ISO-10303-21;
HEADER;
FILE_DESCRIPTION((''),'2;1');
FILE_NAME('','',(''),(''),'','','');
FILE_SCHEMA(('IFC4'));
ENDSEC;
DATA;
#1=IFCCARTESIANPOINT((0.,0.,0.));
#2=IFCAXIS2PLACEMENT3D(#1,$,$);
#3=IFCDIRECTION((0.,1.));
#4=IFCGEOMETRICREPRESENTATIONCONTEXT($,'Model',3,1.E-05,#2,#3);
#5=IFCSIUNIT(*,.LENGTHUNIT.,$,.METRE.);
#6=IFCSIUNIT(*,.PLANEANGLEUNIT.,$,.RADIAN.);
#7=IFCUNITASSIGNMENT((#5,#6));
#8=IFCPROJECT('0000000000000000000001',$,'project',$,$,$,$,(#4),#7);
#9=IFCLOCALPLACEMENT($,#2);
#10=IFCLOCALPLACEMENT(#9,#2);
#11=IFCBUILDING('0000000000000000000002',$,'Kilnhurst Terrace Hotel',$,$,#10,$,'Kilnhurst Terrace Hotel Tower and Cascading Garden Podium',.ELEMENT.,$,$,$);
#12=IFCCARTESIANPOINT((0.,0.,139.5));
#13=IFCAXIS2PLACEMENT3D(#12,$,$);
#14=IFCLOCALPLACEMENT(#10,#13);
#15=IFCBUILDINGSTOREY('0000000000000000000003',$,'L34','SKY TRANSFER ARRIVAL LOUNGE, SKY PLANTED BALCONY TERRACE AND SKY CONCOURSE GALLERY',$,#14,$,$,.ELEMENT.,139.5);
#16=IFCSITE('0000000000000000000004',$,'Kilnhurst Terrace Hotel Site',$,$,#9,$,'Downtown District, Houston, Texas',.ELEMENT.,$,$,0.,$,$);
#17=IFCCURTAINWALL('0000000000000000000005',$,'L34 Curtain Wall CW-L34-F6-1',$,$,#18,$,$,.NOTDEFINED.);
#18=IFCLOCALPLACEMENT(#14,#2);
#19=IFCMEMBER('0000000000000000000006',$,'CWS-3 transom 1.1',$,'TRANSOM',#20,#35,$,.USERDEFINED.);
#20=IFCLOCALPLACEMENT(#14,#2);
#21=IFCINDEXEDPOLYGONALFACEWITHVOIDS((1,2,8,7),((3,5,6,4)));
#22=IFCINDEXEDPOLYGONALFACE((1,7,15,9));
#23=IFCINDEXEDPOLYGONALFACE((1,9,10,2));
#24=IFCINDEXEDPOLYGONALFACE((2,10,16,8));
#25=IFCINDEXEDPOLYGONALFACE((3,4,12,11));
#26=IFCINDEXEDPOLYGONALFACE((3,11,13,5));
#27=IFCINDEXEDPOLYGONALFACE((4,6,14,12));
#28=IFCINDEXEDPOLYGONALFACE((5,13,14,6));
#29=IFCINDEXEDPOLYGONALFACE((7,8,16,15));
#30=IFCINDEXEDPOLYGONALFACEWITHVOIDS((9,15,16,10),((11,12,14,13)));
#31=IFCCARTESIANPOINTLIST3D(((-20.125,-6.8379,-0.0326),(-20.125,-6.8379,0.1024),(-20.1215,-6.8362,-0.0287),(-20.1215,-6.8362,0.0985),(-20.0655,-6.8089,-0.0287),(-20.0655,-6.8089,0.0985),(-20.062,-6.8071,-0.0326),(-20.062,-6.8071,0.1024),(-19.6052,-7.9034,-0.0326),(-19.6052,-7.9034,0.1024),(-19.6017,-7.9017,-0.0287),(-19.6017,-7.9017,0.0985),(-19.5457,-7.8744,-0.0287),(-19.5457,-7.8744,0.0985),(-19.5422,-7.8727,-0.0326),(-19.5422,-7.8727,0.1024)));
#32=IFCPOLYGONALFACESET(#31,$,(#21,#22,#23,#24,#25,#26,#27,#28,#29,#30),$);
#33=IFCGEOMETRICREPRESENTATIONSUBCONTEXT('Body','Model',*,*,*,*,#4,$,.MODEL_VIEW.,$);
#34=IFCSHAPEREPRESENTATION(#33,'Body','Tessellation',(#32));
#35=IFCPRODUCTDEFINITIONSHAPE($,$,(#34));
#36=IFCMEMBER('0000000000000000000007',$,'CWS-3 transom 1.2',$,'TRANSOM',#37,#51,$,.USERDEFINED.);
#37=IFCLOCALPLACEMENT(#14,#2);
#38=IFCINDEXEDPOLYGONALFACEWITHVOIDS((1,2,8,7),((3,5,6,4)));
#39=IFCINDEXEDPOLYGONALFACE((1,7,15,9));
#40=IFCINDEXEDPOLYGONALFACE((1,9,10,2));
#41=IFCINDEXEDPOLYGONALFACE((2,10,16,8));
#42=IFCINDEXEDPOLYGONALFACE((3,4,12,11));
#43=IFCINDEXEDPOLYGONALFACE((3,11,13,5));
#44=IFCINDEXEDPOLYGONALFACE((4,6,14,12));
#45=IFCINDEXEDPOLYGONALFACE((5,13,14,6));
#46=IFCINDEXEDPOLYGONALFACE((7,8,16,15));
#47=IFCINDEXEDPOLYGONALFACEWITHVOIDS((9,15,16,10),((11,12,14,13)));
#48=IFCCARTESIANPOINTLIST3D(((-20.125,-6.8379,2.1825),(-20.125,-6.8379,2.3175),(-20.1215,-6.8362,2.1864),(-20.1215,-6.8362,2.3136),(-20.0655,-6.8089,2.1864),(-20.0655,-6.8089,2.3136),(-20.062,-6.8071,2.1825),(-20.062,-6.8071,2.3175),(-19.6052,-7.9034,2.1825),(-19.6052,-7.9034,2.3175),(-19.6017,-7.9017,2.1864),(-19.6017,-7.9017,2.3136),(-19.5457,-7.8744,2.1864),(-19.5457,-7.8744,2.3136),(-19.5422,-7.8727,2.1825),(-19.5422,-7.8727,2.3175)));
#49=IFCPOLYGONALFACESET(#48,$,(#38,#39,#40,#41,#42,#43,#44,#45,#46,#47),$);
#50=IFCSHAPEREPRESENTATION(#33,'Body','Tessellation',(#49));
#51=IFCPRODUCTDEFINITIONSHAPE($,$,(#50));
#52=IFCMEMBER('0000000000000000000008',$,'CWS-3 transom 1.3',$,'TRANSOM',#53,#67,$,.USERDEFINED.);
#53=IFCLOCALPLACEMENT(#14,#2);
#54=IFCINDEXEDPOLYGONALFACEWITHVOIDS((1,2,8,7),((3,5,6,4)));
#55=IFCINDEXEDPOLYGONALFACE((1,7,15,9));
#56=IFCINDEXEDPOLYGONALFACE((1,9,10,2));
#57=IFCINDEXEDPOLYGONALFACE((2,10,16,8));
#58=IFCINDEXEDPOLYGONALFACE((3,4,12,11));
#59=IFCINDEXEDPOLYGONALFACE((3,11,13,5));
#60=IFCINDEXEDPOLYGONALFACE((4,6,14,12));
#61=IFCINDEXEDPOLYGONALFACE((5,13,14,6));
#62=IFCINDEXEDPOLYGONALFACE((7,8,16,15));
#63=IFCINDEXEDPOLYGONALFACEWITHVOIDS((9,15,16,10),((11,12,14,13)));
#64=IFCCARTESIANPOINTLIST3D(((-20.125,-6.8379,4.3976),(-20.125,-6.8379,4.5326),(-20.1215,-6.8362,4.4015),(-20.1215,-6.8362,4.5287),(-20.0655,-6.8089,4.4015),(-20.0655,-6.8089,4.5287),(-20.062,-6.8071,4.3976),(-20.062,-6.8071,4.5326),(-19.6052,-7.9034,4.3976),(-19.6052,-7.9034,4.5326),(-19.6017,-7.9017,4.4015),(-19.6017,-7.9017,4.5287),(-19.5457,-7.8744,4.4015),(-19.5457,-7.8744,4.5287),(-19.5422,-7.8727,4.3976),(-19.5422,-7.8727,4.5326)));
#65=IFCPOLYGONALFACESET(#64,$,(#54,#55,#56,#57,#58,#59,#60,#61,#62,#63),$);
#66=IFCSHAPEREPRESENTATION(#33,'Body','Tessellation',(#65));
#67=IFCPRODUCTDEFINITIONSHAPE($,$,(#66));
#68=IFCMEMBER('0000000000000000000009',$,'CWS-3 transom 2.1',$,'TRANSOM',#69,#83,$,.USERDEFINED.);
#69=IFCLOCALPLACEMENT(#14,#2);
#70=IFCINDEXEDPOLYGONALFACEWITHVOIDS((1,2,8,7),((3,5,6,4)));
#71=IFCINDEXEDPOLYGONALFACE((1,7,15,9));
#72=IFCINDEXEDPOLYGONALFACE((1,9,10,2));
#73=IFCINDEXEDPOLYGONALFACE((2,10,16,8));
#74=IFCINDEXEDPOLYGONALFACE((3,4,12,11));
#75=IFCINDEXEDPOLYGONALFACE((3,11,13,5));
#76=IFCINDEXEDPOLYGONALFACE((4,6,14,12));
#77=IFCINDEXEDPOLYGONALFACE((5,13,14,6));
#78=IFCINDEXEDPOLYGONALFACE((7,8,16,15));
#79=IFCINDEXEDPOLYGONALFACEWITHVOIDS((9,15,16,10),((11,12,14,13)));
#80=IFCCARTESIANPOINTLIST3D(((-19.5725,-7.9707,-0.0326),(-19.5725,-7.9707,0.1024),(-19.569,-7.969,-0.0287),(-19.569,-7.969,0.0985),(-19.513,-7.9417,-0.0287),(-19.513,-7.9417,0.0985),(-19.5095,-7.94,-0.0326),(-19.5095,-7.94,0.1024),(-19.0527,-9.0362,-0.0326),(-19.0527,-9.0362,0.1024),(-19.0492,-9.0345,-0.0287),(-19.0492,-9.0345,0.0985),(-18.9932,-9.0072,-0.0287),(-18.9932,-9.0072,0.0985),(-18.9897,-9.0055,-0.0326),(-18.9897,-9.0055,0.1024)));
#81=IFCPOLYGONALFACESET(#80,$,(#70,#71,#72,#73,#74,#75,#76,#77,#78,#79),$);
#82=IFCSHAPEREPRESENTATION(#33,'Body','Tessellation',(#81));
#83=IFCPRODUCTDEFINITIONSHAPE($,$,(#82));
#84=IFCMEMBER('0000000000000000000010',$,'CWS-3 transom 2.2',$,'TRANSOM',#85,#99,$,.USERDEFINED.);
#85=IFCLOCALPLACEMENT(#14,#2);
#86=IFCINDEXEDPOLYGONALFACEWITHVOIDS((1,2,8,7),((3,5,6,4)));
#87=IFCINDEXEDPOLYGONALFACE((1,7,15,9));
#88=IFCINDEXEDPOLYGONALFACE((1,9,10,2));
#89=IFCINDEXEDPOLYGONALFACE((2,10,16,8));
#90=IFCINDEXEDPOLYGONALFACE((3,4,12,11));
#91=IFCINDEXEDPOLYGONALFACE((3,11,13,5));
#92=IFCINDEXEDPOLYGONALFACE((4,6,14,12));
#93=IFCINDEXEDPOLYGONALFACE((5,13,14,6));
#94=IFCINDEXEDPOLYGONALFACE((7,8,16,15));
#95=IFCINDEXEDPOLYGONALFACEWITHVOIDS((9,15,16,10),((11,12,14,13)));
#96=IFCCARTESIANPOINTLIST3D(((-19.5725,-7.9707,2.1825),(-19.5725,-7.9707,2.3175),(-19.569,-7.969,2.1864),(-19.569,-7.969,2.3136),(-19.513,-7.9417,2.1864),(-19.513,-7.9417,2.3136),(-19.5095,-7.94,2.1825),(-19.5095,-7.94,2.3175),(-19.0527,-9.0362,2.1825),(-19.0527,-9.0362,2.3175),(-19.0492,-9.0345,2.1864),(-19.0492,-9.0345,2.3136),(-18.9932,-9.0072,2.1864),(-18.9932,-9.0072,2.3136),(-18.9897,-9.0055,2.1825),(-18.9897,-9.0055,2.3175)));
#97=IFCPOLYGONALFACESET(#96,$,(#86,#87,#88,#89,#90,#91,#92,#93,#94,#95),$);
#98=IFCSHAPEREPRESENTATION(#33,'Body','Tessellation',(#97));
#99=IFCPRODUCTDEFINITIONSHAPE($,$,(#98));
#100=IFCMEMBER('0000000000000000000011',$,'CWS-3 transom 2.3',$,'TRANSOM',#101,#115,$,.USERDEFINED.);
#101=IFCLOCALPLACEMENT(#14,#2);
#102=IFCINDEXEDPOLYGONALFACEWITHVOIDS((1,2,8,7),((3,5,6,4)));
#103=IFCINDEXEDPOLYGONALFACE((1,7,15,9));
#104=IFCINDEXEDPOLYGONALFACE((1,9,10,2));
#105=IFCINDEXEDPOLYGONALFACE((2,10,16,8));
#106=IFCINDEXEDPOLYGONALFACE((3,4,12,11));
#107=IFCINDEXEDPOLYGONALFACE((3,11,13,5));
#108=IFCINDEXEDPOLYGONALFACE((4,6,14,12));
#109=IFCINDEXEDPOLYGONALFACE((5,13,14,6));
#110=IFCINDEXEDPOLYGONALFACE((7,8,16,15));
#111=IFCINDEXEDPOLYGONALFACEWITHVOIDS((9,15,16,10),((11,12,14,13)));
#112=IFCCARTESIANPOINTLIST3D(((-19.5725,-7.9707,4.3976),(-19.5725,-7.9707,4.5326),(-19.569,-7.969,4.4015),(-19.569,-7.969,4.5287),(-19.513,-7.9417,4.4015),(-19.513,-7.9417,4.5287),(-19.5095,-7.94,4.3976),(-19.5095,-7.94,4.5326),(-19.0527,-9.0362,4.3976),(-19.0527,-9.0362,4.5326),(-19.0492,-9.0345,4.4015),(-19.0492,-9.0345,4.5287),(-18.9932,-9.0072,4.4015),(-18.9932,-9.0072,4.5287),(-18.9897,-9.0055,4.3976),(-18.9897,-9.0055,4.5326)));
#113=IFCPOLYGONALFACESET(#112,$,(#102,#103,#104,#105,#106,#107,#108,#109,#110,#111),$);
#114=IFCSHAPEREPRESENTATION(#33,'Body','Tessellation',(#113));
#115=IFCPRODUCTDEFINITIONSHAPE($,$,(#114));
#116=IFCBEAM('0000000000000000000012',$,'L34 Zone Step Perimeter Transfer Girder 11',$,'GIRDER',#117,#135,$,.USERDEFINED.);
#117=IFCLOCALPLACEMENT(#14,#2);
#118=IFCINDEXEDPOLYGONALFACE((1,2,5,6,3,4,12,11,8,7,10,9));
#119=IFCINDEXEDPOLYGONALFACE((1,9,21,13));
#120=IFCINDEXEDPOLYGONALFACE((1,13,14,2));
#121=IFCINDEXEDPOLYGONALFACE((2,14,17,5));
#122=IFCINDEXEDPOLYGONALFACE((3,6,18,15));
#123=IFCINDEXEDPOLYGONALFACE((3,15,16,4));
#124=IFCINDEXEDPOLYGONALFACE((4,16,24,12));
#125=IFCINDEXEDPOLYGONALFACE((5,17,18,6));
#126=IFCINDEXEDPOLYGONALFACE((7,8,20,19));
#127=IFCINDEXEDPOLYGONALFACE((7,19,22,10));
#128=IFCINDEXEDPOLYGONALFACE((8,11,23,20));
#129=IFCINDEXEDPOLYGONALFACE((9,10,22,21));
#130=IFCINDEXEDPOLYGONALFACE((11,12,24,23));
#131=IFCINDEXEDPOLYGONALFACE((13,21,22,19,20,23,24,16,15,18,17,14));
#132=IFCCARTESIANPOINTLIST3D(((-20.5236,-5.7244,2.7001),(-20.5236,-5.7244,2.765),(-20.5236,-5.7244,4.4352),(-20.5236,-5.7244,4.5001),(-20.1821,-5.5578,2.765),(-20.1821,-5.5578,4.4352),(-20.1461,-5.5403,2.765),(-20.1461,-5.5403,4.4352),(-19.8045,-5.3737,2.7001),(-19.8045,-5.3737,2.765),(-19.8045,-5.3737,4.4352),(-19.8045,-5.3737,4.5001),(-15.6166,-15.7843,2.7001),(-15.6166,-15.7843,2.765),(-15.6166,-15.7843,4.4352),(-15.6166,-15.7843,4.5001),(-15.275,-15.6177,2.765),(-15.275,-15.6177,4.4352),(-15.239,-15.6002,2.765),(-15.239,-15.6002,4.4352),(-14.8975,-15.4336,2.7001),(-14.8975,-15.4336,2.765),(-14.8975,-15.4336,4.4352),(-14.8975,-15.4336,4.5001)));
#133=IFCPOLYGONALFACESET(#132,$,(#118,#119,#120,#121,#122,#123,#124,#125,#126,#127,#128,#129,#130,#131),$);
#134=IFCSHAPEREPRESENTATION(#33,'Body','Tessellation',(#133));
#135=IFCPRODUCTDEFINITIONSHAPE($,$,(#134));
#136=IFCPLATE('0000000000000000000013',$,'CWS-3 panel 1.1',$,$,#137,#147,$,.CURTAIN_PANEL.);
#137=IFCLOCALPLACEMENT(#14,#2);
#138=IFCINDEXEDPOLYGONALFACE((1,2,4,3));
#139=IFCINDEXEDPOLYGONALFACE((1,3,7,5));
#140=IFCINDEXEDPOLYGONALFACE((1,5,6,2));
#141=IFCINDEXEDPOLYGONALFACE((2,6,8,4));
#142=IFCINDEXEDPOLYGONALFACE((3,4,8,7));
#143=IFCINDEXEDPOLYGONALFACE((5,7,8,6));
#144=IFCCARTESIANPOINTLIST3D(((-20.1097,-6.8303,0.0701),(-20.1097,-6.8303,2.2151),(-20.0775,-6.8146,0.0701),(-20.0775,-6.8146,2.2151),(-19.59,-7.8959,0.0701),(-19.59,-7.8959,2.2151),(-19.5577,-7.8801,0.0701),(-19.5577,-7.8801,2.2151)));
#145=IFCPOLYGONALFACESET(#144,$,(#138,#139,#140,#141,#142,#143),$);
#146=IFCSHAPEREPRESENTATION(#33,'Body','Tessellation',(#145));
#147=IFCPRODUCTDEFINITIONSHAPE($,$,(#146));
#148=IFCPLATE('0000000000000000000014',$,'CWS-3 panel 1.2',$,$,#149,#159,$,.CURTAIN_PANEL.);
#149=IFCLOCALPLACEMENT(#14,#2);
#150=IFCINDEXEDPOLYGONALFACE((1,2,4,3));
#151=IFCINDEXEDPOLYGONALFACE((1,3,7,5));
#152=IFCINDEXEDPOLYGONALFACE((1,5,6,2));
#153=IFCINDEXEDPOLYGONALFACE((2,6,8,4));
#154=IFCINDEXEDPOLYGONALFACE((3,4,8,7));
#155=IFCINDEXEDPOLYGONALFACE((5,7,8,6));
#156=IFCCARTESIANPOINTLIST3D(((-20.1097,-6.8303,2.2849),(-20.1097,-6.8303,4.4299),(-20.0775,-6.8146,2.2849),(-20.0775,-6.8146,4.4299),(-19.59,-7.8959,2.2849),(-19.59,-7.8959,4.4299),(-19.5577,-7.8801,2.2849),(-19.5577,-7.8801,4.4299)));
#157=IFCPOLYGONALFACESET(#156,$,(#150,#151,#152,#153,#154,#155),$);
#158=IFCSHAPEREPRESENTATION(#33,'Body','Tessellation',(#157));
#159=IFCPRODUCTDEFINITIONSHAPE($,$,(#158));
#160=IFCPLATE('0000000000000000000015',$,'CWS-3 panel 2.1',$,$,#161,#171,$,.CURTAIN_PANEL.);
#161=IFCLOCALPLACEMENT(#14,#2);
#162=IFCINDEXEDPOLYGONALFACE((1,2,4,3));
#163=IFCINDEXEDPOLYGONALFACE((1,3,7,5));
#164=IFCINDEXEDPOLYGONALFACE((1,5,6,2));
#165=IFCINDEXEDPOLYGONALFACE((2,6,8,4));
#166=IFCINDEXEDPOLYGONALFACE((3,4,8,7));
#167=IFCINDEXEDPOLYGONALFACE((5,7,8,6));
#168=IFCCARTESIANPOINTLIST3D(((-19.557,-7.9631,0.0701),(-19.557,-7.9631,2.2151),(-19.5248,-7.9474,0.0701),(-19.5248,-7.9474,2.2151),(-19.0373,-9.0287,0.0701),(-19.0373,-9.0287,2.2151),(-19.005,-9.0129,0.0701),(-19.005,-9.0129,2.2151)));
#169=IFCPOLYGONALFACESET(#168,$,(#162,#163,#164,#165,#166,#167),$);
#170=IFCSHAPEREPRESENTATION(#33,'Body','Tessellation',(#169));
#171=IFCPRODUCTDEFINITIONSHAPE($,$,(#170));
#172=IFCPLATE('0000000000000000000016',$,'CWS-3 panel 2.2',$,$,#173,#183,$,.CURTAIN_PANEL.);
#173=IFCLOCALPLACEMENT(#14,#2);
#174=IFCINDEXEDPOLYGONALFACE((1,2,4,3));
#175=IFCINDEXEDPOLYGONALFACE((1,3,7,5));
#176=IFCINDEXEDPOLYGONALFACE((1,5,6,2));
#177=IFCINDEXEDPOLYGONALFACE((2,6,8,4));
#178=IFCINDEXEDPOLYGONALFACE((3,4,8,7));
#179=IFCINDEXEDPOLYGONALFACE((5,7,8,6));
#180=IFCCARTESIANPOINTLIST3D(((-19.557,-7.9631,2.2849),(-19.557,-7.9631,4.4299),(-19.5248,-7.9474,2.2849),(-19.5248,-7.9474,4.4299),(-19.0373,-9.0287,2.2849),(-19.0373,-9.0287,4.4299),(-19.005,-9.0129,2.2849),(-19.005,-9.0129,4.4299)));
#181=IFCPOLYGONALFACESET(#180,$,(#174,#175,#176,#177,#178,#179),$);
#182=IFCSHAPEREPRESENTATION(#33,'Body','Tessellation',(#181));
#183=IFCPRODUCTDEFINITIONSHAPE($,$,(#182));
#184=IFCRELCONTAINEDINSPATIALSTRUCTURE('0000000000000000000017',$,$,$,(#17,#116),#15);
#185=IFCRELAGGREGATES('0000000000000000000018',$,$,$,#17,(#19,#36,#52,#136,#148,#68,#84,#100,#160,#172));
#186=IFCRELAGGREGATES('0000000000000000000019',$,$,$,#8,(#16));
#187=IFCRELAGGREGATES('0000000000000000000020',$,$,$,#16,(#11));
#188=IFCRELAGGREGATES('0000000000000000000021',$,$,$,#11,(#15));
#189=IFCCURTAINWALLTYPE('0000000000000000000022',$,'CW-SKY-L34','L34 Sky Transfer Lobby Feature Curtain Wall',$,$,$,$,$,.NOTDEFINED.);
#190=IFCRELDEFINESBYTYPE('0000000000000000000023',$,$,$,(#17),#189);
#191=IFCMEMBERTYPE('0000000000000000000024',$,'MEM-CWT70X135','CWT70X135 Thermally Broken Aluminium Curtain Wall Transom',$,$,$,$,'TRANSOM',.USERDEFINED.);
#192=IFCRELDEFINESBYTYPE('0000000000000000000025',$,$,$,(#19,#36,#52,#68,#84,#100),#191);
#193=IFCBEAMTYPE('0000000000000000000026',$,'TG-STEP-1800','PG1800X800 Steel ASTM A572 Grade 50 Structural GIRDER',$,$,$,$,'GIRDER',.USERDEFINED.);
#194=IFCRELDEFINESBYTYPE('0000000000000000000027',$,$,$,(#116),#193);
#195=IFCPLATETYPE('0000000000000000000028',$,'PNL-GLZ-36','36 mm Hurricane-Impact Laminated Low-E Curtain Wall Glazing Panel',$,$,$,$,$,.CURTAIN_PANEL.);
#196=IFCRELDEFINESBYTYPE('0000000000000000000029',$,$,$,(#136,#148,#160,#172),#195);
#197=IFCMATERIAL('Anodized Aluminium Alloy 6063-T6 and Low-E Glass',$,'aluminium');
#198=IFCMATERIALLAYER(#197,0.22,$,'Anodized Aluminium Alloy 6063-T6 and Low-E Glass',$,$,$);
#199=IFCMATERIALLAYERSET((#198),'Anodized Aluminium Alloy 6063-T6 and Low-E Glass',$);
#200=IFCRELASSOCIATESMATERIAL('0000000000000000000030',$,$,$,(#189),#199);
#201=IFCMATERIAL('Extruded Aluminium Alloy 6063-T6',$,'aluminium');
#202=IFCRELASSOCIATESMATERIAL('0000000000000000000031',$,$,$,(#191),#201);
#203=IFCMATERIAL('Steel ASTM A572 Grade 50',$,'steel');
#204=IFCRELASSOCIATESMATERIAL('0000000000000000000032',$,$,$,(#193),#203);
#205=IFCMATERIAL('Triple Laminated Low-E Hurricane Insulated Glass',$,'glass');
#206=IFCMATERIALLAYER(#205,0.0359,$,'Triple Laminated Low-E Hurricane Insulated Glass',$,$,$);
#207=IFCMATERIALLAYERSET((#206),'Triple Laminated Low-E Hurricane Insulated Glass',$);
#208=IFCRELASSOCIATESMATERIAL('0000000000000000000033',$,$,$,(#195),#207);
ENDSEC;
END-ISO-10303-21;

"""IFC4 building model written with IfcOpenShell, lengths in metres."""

from ifc_helpers import new_model, si_unit, direction, frame, origin, origin_2d, place, context, subcontext, project, spatial, rectangle, hollow_rectangle, i_section, extrude, material, layer, layer_set, material_profile, profile_set, type_object, element, aggregate, save


model = new_model("IFC4")

# Units and contexts
model_context = context("Model", 3, precision=1e-05, world=origin(), true_north=direction((0.0, 1.0)))
body_context = subcontext(model_context, "Body", "Model", "MODEL_VIEW")
ifc_project = project(units=[si_unit("LENGTHUNIT", "METRE"), si_unit("PLANEANGLEUNIT", "RADIAN")], contexts=[model_context])

# Site, building, storey
site_placement = place(None, origin())
site = spatial("IfcSite", under=ifc_project, at=site_placement, Name="Kilnhurst Terrace Hotel Site", LongName="Downtown District, Houston, Texas", CompositionType="ELEMENT", RefElevation=0.0)
building_placement = place(site_placement, origin())
building = spatial("IfcBuilding", under=site, at=building_placement, Name="Kilnhurst Terrace Hotel", LongName="Kilnhurst Terrace Hotel Tower and Cascading Garden Podium", CompositionType="ELEMENT")
storey_placement = place(building_placement, frame((0.0, 0.0, 139.5)))
storey = spatial("IfcBuildingStorey", under=building, at=storey_placement, Name="L34", Description="SKY TRANSFER ARRIVAL LOUNGE, SKY PLANTED BALCONY TERRACE AND SKY CONCOURSE GALLERY", CompositionType="ELEMENT", Elevation=139.5)

# Curtain wall, members
ifc_material_1 = material(Name="Anodized Aluminium Alloy 6063-T6 and Low-E Glass", Category="aluminium")
ifc_layer_1 = layer(ifc_material_1, 0.22, Name="Anodized Aluminium Alloy 6063-T6 and Low-E Glass")
ifc_layer_set_1 = layer_set([ifc_layer_1], Name="Anodized Aluminium Alloy 6063-T6 and Low-E Glass")
curtain_wall_type = type_object("IfcCurtainWallType", Name="CW-SKY-L34", Description="L34 Sky Transfer Lobby Feature Curtain Wall", PredefinedType="NOTDEFINED", material=ifc_layer_set_1)
curtain_wall_placement = place(storey_placement, origin())
curtain_wall = element("IfcCurtainWall", 1, at=curtain_wall_placement, inside=storey, type_object=curtain_wall_type, Name="L34 Curtain Wall CW-L34-F6-1", PredefinedType="NOTDEFINED")
ifc_material_2 = material(Name="Extruded Aluminium Alloy 6063-T6", Category="aluminium")
ifc_material_profile_1 = material_profile(ifc_material_2, hollow_rectangle(XDim=0.0701, YDim=0.135, WallThickness=0.0039, at=origin_2d()), Name="CWT70X135")
ifc_profile_set_1 = profile_set([ifc_material_profile_1], Name="Extruded Aluminium Alloy 6063-T6")
member_type_1 = type_object("IfcMemberType", Name="MEM-CWT70X135", Description="CWT70X135 Thermally Broken Aluminium Curtain Wall Transom", ElementType="TRANSOM", PredefinedType="USERDEFINED", material=ifc_profile_set_1)
member_1_placement = place(storey_placement, frame((-20.0935, -6.8225, 0.0349), z_axis=(0.43846, -0.898751, 0.0), x_axis=(0.898751, 0.43846, 0.0)))
member_1 = element("IfcMember", 2, at=member_1_placement, type_object=member_type_1, Name="CWS-3 transom 1.1", ObjectType="TRANSOM", PredefinedType="USERDEFINED", context=body_context, shape_type="SweptSolid", body=[
    extrude(hollow_rectangle(XDim=0.0701, YDim=0.135, WallThickness=0.0039, at=origin_2d()), origin(), (0.0, 0.0, 1.0), 1.1855),
])
member_2_placement = place(storey_placement, frame((-20.0935, -6.8225, 2.25), z_axis=(0.43846, -0.898751, 0.0), x_axis=(0.898751, 0.43846, 0.0)))
member_2 = element("IfcMember", 3, at=member_2_placement, type_object=member_type_1, Name="CWS-3 transom 1.2", ObjectType="TRANSOM", PredefinedType="USERDEFINED", context=body_context, shape_type="SweptSolid", body=[
    extrude(hollow_rectangle(XDim=0.0701, YDim=0.135, WallThickness=0.0039, at=origin_2d()), origin(), (0.0, 0.0, 1.0), 1.1855),
])
member_3_placement = place(storey_placement, frame((-20.0935, -6.8225, 4.4651), z_axis=(0.43846, -0.898751, 0.0), x_axis=(0.898751, 0.43846, 0.0)))
member_3 = element("IfcMember", 4, at=member_3_placement, type_object=member_type_1, Name="CWS-3 transom 1.3", ObjectType="TRANSOM", PredefinedType="USERDEFINED", context=body_context, shape_type="SweptSolid", body=[
    extrude(hollow_rectangle(XDim=0.0701, YDim=0.135, WallThickness=0.0039, at=origin_2d()), origin(), (0.0, 0.0, 1.0), 1.1855),
])
member_4_placement = place(storey_placement, frame((-19.541, -7.9553, 0.0349), z_axis=(0.43846, -0.898751, 0.0), x_axis=(0.898751, 0.43846, 0.0)))
member_4 = element("IfcMember", 5, at=member_4_placement, type_object=member_type_1, Name="CWS-3 transom 2.1", ObjectType="TRANSOM", PredefinedType="USERDEFINED", context=body_context, shape_type="SweptSolid", body=[
    extrude(hollow_rectangle(XDim=0.0701, YDim=0.135, WallThickness=0.0039, at=origin_2d()), origin(), (0.0, 0.0, 1.0), 1.1855),
])
member_5_placement = place(storey_placement, frame((-19.541, -7.9553, 2.25), z_axis=(0.43846, -0.898751, 0.0), x_axis=(0.898751, 0.43846, 0.0)))
member_5 = element("IfcMember", 6, at=member_5_placement, type_object=member_type_1, Name="CWS-3 transom 2.2", ObjectType="TRANSOM", PredefinedType="USERDEFINED", context=body_context, shape_type="SweptSolid", body=[
    extrude(hollow_rectangle(XDim=0.0701, YDim=0.135, WallThickness=0.0039, at=origin_2d()), origin(), (0.0, 0.0, 1.0), 1.1855),
])
member_6_placement = place(storey_placement, frame((-19.541, -7.9553, 4.4651), z_axis=(0.43846, -0.898751, 0.0), x_axis=(0.898751, 0.43846, 0.0)))
member_6 = element("IfcMember", 7, at=member_6_placement, type_object=member_type_1, Name="CWS-3 transom 2.3", ObjectType="TRANSOM", PredefinedType="USERDEFINED", context=body_context, shape_type="SweptSolid", body=[
    extrude(hollow_rectangle(XDim=0.0701, YDim=0.135, WallThickness=0.0039, at=origin_2d()), origin(), (0.0, 0.0, 1.0), 1.1855),
])

# Beam
ifc_material_3 = material(Name="Steel ASTM A572 Grade 50", Category="steel")
ifc_material_profile_2 = material_profile(ifc_material_3, i_section(OverallWidth=0.8, OverallDepth=1.8, WebThickness=0.04, FlangeThickness=0.0649, at=origin_2d()), Name="PG1800X800")
ifc_profile_set_2 = profile_set([ifc_material_profile_2], Name="Steel ASTM A572 Grade 50")
beam_type_1 = type_object("IfcBeamType", Name="TG-STEP-1800", Description="PG1800X800 Steel ASTM A572 Grade 50 Structural GIRDER", ElementType="GIRDER", PredefinedType="USERDEFINED", material=ifc_profile_set_2)
beam_1_placement = place(storey_placement, frame((-20.1641, -5.5491, 3.6001), z_axis=(0.438406, -0.898777, 0.0), x_axis=(0.898777, 0.438406, 0.0)))
element("IfcBeam", 8, at=beam_1_placement, inside=storey, type_object=beam_type_1, Name="L34 Zone Step Perimeter Transfer Girder 11", ObjectType="GIRDER", PredefinedType="USERDEFINED", context=body_context, shape_type="SweptSolid", body=[
    extrude(i_section(OverallWidth=0.8, OverallDepth=1.8, WebThickness=0.04, FlangeThickness=0.0649, at=origin_2d()), origin(), (0.0, 0.0, 1.0), 11.1929),
])

# Plates
ifc_material_4 = material(Name="Triple Laminated Low-E Hurricane Insulated Glass", Category="glass")
ifc_layer_2 = layer(ifc_material_4, 0.0359, Name="Triple Laminated Low-E Hurricane Insulated Glass")
ifc_layer_set_2 = layer_set([ifc_layer_2], Name="Triple Laminated Low-E Hurricane Insulated Glass")
plate_type = type_object("IfcPlateType", Name="PNL-GLZ-36", Description="36 mm Hurricane-Impact Laminated Low-E Curtain Wall Glazing Panel", PredefinedType="CURTAIN_PANEL", material=ifc_layer_set_2)
plate_1_placement = place(storey_placement, frame((-19.8337, -7.3552, 0.0701), z_axis=(0.0, 0.0, 1.0), x_axis=(0.438409, -0.898775, 0.0)))
plate_1 = element("IfcPlate", 9, at=plate_1_placement, type_object=plate_type, Name="CWS-3 panel 1.1", PredefinedType="CURTAIN_PANEL", context=body_context, shape_type="SweptSolid", body=[
    extrude(rectangle(XDim=1.1855, YDim=0.0359, at=origin_2d()), origin(), (0.0, 0.0, 1.0), 2.145),
])
plate_2_placement = place(storey_placement, frame((-19.8337, -7.3552, 2.2849), z_axis=(0.0, 0.0, 1.0), x_axis=(0.438409, -0.898775, 0.0)))
plate_2 = element("IfcPlate", 10, at=plate_2_placement, type_object=plate_type, Name="CWS-3 panel 1.2", PredefinedType="CURTAIN_PANEL", context=body_context, shape_type="SweptSolid", body=[
    extrude(rectangle(XDim=1.1855, YDim=0.0359, at=origin_2d()), origin(), (0.0, 0.0, 1.0), 2.145),
])
plate_3_placement = place(storey_placement, frame((-19.281, -8.488, 0.0701), z_axis=(0.0, 0.0, 1.0), x_axis=(0.438409, -0.898775, 0.0)))
plate_3 = element("IfcPlate", 11, at=plate_3_placement, type_object=plate_type, Name="CWS-3 panel 2.1", PredefinedType="CURTAIN_PANEL", context=body_context, shape_type="SweptSolid", body=[
    extrude(rectangle(XDim=1.1855, YDim=0.0359, at=origin_2d()), origin(), (0.0, 0.0, 1.0), 2.145),
])
plate_4_placement = place(storey_placement, frame((-19.281, -8.488, 2.2849), z_axis=(0.0, 0.0, 1.0), x_axis=(0.438409, -0.898775, 0.0)))
plate_4 = element("IfcPlate", 12, at=plate_4_placement, type_object=plate_type, Name="CWS-3 panel 2.2", PredefinedType="CURTAIN_PANEL", context=body_context, shape_type="SweptSolid", body=[
    extrude(rectangle(XDim=1.1855, YDim=0.0359, at=origin_2d()), origin(), (0.0, 0.0, 1.0), 2.145),
])
aggregate(curtain_wall, [member_1, member_2, member_3, plate_1, plate_2, member_4, member_5, member_6, plate_3, plate_4])

save(model, "model.ifc")
